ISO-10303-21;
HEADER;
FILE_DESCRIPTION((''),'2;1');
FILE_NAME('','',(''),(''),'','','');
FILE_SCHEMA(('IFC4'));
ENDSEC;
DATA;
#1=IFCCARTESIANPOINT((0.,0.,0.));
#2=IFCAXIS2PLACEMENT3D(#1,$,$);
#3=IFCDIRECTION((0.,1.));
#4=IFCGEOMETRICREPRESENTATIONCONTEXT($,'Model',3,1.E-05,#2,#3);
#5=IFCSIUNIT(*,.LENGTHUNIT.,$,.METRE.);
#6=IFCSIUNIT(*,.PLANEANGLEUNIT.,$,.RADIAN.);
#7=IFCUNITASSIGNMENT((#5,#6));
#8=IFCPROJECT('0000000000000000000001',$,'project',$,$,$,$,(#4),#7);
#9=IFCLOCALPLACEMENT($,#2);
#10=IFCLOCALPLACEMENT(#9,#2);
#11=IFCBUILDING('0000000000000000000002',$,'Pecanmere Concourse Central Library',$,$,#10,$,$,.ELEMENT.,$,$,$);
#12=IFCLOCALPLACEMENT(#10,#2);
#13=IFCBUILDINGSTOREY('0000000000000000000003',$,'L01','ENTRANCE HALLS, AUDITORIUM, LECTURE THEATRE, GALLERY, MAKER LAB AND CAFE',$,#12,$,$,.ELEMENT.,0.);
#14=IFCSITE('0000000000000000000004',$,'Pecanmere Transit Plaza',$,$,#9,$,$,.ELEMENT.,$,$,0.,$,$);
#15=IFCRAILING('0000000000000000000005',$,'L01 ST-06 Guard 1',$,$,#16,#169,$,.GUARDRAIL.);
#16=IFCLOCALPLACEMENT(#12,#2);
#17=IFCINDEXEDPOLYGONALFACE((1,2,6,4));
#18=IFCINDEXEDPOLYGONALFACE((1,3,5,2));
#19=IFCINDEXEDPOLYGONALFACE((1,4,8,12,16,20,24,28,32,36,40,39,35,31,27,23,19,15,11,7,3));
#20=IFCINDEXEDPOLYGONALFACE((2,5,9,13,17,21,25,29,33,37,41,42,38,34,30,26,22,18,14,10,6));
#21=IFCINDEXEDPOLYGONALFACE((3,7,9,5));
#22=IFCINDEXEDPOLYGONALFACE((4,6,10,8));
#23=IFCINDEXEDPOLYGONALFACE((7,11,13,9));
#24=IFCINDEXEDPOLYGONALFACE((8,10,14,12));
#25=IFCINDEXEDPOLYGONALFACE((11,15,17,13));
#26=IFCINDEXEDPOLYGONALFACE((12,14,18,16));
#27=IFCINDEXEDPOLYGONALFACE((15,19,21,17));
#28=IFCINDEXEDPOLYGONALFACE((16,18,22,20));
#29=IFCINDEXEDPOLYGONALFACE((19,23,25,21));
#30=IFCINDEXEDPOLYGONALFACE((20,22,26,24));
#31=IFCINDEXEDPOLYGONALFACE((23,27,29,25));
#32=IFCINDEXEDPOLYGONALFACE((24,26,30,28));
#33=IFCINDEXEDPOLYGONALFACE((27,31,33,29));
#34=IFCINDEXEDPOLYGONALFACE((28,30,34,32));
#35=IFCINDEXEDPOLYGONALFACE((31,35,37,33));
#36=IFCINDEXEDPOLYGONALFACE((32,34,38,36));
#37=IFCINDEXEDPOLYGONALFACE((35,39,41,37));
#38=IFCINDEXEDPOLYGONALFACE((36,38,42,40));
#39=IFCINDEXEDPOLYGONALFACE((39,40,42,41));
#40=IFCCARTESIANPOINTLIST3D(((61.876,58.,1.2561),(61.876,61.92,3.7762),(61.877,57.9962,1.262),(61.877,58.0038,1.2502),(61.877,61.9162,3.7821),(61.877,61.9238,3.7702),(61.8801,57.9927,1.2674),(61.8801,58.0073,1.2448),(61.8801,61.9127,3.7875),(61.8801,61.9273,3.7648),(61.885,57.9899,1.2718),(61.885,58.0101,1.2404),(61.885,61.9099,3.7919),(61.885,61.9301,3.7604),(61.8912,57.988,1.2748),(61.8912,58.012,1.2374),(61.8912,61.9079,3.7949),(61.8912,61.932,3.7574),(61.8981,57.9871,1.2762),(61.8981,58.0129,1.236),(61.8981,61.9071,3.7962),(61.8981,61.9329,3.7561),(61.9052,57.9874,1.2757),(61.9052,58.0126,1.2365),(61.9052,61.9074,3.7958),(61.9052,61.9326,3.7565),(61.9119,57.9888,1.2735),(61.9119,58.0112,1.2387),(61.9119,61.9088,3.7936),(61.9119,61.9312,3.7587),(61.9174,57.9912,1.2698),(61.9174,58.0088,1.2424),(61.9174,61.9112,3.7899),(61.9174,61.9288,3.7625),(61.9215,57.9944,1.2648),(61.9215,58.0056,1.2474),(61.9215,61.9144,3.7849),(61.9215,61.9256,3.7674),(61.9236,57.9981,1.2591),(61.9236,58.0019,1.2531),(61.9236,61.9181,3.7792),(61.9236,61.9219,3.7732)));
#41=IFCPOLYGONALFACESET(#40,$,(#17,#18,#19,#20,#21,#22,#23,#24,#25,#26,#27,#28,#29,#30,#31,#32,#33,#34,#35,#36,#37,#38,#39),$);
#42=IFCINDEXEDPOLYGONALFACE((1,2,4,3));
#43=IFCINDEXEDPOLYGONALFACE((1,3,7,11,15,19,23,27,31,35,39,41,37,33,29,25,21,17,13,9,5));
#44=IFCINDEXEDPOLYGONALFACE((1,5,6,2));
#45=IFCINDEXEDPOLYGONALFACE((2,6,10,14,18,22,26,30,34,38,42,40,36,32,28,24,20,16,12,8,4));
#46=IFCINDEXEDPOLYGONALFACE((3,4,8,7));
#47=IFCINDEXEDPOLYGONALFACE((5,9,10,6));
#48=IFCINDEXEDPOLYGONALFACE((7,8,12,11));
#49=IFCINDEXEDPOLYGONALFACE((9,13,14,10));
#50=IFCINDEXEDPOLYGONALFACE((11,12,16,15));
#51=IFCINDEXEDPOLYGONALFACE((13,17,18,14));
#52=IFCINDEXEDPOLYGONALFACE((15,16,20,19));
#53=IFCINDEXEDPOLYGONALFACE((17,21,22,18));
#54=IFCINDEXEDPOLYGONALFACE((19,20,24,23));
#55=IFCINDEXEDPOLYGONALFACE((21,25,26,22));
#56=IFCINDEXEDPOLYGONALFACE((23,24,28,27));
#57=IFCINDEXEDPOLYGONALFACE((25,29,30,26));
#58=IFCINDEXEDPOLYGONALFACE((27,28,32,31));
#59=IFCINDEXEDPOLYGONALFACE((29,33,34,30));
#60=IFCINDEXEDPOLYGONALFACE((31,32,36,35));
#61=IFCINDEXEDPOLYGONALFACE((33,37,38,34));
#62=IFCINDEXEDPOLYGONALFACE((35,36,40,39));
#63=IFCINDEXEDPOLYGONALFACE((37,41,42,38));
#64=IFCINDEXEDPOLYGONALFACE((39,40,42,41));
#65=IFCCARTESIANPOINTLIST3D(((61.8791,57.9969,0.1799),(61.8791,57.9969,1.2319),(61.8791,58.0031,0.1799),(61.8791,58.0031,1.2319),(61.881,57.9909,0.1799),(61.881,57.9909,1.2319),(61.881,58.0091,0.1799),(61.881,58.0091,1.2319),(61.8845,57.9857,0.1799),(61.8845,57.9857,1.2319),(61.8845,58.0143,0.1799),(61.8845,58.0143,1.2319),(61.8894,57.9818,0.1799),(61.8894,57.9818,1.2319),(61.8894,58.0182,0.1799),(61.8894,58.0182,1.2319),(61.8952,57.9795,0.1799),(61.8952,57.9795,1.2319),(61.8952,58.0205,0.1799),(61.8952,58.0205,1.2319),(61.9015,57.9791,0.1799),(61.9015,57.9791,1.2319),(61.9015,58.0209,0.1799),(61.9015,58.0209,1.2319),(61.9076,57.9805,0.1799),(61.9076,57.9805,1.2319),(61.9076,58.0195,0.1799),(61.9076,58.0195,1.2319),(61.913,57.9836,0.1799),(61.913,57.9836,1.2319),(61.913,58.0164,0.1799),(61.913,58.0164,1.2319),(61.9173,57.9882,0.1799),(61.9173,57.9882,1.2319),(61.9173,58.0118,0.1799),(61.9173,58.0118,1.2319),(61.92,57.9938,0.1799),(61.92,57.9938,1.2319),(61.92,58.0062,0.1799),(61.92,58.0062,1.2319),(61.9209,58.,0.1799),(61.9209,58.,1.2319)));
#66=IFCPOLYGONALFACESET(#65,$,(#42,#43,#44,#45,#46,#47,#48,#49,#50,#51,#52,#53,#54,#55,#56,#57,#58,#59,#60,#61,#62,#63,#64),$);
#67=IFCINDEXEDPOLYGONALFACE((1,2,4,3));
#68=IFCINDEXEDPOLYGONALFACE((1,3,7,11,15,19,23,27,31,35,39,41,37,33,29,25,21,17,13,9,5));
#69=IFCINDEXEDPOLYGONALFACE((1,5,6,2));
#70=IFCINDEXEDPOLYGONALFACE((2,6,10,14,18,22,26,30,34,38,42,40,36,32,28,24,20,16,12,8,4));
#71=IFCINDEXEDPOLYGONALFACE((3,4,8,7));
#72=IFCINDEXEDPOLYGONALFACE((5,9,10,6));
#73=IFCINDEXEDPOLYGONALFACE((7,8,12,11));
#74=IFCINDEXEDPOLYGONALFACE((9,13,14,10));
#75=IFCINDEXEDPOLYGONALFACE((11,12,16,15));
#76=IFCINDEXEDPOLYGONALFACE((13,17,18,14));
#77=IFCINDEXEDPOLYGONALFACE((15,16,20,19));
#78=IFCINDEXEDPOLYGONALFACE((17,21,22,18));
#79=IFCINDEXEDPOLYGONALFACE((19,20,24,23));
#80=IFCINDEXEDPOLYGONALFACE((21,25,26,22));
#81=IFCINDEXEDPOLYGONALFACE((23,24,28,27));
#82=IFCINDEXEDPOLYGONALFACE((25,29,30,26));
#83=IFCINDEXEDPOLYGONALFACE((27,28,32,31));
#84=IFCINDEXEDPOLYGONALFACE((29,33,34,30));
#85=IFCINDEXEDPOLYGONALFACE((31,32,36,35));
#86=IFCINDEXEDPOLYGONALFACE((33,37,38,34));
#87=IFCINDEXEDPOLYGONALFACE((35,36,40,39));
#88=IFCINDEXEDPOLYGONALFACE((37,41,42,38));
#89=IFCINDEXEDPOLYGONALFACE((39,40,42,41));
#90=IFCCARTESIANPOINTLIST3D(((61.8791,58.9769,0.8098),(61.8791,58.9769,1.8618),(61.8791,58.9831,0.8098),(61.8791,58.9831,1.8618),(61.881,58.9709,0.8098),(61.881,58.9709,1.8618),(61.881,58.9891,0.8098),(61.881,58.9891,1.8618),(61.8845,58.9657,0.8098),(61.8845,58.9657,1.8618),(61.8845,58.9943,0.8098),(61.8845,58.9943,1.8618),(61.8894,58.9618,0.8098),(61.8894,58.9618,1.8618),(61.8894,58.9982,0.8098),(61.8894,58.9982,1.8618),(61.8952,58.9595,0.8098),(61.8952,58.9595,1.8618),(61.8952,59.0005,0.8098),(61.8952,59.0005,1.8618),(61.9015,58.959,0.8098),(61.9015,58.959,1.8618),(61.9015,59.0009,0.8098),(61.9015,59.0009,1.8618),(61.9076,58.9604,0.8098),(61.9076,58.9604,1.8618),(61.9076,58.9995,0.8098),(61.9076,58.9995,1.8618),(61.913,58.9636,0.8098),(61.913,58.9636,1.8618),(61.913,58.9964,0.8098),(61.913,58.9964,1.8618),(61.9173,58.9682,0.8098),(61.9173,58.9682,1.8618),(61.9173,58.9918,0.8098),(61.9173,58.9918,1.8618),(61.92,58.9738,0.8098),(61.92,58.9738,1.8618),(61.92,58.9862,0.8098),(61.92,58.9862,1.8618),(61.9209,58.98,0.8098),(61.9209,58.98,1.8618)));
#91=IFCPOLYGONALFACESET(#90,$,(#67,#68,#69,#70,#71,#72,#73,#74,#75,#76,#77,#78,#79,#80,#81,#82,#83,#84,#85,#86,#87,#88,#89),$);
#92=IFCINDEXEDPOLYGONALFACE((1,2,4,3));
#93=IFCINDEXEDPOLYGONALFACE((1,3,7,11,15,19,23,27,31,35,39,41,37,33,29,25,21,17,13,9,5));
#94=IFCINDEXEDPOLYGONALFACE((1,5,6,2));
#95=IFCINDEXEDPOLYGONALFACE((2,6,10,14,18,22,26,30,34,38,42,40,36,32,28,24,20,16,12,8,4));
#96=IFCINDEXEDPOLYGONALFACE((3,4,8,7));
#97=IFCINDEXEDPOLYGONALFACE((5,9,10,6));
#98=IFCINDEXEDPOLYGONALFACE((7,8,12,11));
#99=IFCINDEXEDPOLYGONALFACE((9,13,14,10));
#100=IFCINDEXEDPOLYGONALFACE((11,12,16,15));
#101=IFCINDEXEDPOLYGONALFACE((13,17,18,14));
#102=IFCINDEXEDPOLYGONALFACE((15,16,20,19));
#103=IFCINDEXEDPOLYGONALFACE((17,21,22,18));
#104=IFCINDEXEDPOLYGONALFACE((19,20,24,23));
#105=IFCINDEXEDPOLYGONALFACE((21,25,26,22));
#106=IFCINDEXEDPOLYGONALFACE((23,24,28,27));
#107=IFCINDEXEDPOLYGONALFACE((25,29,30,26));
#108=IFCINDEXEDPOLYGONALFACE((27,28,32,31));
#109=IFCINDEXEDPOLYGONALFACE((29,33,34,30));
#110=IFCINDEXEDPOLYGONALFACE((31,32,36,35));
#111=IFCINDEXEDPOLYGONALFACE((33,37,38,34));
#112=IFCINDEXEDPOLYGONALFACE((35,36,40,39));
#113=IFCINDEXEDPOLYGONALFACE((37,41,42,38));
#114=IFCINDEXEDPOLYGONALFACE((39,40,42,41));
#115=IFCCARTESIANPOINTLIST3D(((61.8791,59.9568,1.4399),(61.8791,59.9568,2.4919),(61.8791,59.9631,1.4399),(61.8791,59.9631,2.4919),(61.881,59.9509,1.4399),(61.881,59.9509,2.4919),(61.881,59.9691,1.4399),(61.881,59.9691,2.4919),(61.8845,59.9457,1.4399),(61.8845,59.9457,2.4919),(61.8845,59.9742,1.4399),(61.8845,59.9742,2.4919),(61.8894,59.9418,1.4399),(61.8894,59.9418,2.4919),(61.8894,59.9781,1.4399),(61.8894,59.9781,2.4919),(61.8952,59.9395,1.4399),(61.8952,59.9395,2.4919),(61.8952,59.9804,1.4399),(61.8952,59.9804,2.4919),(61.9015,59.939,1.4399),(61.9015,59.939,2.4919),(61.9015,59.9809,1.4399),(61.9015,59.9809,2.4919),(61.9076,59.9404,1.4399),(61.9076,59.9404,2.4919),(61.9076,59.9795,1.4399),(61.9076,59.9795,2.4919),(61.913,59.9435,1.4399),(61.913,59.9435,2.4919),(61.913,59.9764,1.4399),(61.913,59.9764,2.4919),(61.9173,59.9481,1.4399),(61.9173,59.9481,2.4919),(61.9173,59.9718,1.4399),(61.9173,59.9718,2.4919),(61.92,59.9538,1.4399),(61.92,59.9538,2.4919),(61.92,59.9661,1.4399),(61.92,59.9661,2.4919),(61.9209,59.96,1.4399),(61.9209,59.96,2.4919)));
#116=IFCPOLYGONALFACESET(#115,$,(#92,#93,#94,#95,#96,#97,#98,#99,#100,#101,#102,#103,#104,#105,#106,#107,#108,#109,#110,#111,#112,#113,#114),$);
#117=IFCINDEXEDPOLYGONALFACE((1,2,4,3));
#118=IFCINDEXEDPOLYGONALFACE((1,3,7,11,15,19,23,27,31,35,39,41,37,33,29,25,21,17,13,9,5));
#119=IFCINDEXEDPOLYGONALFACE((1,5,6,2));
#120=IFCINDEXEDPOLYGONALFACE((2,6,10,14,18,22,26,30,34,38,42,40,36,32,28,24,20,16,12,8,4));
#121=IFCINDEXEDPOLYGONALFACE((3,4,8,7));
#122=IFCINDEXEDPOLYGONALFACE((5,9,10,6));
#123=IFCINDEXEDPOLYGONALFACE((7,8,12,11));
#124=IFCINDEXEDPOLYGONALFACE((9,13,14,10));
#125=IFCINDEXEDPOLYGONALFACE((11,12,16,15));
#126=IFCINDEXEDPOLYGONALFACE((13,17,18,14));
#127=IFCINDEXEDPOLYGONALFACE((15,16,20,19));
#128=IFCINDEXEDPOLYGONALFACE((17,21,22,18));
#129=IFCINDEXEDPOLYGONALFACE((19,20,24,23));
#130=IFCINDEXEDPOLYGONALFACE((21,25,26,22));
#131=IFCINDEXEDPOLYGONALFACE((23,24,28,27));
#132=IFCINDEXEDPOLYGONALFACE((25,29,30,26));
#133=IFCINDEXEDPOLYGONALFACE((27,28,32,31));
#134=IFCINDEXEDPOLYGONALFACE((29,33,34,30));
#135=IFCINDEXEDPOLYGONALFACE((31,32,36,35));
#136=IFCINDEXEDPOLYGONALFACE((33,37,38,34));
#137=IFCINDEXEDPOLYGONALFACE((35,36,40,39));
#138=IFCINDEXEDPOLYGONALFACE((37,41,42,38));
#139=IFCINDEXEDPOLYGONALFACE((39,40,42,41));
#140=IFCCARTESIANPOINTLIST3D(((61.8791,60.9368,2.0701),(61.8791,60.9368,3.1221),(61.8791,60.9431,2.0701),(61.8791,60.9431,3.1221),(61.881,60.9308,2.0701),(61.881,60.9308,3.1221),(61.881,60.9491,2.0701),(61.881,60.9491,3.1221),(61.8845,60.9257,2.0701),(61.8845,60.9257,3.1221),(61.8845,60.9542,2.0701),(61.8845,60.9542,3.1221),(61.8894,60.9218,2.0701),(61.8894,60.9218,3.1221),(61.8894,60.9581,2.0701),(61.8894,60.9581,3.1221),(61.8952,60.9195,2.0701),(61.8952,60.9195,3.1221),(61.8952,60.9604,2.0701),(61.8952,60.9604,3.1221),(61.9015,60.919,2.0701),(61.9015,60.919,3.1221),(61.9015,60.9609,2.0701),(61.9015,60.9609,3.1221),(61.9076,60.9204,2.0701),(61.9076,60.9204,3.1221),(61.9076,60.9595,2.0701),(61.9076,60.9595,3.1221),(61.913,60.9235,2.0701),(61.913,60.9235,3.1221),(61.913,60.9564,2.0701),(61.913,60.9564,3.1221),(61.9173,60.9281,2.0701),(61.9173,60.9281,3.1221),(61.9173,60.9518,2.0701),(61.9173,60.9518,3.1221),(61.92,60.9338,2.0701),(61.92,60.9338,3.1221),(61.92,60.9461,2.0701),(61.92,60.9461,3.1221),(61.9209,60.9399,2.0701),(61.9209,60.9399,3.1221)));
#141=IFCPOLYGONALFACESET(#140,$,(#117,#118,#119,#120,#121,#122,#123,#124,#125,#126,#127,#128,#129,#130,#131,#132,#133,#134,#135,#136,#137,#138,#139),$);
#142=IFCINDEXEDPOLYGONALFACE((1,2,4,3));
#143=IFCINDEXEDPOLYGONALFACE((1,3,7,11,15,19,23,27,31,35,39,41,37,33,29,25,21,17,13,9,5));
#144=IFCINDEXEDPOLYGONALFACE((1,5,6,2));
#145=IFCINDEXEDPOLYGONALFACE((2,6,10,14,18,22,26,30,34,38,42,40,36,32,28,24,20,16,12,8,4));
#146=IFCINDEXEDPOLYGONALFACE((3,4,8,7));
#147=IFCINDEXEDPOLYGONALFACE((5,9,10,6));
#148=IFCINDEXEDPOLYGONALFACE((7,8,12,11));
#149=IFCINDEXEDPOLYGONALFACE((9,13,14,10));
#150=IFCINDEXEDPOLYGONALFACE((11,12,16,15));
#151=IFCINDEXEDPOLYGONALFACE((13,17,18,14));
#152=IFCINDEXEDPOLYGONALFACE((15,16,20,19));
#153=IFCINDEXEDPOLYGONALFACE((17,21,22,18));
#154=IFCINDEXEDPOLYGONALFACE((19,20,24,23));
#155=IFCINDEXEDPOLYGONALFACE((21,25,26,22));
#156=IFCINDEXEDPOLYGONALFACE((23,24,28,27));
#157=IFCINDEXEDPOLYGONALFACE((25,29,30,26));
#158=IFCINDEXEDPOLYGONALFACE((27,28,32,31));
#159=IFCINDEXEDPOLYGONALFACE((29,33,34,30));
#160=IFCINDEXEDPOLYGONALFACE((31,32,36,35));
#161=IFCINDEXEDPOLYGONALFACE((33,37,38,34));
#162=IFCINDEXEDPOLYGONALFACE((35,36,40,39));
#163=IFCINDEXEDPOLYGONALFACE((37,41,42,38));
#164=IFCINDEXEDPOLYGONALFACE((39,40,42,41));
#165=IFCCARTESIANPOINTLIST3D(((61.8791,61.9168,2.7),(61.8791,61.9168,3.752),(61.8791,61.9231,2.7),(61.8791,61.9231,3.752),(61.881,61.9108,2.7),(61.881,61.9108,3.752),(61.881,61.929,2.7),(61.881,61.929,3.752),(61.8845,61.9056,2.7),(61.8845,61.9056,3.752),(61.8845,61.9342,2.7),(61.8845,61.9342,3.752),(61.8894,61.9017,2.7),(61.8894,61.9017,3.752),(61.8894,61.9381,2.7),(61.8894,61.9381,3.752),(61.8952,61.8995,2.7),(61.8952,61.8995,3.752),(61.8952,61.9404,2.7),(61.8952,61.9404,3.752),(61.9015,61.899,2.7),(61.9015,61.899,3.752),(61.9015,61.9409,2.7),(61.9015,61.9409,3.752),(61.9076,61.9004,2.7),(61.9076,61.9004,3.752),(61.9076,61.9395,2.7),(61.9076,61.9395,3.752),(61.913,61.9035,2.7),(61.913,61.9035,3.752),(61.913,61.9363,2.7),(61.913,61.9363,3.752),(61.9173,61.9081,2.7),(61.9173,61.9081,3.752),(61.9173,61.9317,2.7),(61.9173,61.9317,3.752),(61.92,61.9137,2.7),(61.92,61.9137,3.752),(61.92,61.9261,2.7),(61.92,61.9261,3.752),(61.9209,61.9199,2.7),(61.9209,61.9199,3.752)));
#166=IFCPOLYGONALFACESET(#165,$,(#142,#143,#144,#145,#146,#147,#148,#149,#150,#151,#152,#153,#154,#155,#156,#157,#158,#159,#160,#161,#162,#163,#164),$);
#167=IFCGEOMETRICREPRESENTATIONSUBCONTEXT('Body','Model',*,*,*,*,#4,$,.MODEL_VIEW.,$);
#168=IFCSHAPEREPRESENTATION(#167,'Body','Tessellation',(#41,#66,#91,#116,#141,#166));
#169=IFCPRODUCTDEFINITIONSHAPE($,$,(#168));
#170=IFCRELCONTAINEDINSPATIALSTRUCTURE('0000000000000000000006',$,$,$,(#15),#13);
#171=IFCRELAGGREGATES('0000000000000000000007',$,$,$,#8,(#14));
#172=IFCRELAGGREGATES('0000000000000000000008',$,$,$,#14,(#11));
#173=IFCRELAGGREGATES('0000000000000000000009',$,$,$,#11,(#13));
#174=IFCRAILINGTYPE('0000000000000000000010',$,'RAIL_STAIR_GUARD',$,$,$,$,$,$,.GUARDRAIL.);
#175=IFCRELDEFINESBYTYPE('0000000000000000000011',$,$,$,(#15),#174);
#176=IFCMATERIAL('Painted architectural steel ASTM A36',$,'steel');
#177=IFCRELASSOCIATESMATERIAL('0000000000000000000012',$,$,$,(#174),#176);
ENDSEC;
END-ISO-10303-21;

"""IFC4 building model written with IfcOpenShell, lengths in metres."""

from ifc_helpers import new_model, si_unit, direction, frame, origin, origin_2d, place, context, subcontext, project, spatial, circle, extrude, material, type_object, element, save


model = new_model("IFC4")

# Units and contexts
model_context = context("Model", 3, precision=1e-05, world=origin(), true_north=direction((0.0, 1.0)))
body_context = subcontext(model_context, "Body", "Model", "MODEL_VIEW")
ifc_project = project(units=[si_unit("LENGTHUNIT", "METRE"), si_unit("PLANEANGLEUNIT", "RADIAN")], contexts=[model_context])

# Site, building, storey
site_placement = place(None, origin())
site = spatial("IfcSite", under=ifc_project, at=site_placement, Name="Pecanmere Transit Plaza", CompositionType="ELEMENT", RefElevation=0.0)
building_placement = place(site_placement, origin())
building = spatial("IfcBuilding", under=site, at=building_placement, Name="Pecanmere Concourse Central Library", CompositionType="ELEMENT")
storey_placement = place(building_placement, origin())
storey = spatial("IfcBuildingStorey", under=building, at=storey_placement, Name="L01", Description="ENTRANCE HALLS, AUDITORIUM, LECTURE THEATRE, GALLERY, MAKER LAB AND CAFE", CompositionType="ELEMENT", Elevation=0.0)

# Railing
ifc_material_1 = material(Name="Painted architectural steel ASTM A36", Category="steel")
railing_type_1 = type_object("IfcRailingType", Name="RAIL_STAIR_GUARD", PredefinedType="GUARDRAIL", material=ifc_material_1)
railing_1_placement = place(storey_placement, frame((61.8999, 58.0, 0.1799)))
element("IfcRailing", 1, at=railing_1_placement, inside=storey, type_object=railing_type_1, Name="L01 ST-06 Guard 1", PredefinedType="GUARDRAIL", context=body_context, shape_type="SweptSolid", body=[
    extrude(circle(Radius=0.0239, at=origin_2d()), frame((0.0, 0.0, 1.0762), z_axis=(0.0, 0.841172, 0.540768), x_axis=(-1.0, 0.0, 0.0)), (0.0, 0.0, 1.0), 4.6602),
    extrude(circle(Radius=0.021, at=origin_2d()), origin(), (0.0, 0.0, 1.0), 1.052),
    extrude(circle(Radius=0.021, at=origin_2d()), frame((0.0, 0.98, 0.6299)), (0.0, 0.0, 1.0), 1.052),
    extrude(circle(Radius=0.021, at=origin_2d()), frame((0.0, 1.96, 1.26)), (0.0, 0.0, 1.0), 1.052),
    extrude(circle(Radius=0.021, at=origin_2d()), frame((0.0, 2.9399, 1.8901)), (0.0, 0.0, 1.0), 1.052),
    extrude(circle(Radius=0.021, at=origin_2d()), frame((0.0, 3.9199, 2.52)), (0.0, 0.0, 1.0), 1.052),
])

save(model, "model.ifc")
